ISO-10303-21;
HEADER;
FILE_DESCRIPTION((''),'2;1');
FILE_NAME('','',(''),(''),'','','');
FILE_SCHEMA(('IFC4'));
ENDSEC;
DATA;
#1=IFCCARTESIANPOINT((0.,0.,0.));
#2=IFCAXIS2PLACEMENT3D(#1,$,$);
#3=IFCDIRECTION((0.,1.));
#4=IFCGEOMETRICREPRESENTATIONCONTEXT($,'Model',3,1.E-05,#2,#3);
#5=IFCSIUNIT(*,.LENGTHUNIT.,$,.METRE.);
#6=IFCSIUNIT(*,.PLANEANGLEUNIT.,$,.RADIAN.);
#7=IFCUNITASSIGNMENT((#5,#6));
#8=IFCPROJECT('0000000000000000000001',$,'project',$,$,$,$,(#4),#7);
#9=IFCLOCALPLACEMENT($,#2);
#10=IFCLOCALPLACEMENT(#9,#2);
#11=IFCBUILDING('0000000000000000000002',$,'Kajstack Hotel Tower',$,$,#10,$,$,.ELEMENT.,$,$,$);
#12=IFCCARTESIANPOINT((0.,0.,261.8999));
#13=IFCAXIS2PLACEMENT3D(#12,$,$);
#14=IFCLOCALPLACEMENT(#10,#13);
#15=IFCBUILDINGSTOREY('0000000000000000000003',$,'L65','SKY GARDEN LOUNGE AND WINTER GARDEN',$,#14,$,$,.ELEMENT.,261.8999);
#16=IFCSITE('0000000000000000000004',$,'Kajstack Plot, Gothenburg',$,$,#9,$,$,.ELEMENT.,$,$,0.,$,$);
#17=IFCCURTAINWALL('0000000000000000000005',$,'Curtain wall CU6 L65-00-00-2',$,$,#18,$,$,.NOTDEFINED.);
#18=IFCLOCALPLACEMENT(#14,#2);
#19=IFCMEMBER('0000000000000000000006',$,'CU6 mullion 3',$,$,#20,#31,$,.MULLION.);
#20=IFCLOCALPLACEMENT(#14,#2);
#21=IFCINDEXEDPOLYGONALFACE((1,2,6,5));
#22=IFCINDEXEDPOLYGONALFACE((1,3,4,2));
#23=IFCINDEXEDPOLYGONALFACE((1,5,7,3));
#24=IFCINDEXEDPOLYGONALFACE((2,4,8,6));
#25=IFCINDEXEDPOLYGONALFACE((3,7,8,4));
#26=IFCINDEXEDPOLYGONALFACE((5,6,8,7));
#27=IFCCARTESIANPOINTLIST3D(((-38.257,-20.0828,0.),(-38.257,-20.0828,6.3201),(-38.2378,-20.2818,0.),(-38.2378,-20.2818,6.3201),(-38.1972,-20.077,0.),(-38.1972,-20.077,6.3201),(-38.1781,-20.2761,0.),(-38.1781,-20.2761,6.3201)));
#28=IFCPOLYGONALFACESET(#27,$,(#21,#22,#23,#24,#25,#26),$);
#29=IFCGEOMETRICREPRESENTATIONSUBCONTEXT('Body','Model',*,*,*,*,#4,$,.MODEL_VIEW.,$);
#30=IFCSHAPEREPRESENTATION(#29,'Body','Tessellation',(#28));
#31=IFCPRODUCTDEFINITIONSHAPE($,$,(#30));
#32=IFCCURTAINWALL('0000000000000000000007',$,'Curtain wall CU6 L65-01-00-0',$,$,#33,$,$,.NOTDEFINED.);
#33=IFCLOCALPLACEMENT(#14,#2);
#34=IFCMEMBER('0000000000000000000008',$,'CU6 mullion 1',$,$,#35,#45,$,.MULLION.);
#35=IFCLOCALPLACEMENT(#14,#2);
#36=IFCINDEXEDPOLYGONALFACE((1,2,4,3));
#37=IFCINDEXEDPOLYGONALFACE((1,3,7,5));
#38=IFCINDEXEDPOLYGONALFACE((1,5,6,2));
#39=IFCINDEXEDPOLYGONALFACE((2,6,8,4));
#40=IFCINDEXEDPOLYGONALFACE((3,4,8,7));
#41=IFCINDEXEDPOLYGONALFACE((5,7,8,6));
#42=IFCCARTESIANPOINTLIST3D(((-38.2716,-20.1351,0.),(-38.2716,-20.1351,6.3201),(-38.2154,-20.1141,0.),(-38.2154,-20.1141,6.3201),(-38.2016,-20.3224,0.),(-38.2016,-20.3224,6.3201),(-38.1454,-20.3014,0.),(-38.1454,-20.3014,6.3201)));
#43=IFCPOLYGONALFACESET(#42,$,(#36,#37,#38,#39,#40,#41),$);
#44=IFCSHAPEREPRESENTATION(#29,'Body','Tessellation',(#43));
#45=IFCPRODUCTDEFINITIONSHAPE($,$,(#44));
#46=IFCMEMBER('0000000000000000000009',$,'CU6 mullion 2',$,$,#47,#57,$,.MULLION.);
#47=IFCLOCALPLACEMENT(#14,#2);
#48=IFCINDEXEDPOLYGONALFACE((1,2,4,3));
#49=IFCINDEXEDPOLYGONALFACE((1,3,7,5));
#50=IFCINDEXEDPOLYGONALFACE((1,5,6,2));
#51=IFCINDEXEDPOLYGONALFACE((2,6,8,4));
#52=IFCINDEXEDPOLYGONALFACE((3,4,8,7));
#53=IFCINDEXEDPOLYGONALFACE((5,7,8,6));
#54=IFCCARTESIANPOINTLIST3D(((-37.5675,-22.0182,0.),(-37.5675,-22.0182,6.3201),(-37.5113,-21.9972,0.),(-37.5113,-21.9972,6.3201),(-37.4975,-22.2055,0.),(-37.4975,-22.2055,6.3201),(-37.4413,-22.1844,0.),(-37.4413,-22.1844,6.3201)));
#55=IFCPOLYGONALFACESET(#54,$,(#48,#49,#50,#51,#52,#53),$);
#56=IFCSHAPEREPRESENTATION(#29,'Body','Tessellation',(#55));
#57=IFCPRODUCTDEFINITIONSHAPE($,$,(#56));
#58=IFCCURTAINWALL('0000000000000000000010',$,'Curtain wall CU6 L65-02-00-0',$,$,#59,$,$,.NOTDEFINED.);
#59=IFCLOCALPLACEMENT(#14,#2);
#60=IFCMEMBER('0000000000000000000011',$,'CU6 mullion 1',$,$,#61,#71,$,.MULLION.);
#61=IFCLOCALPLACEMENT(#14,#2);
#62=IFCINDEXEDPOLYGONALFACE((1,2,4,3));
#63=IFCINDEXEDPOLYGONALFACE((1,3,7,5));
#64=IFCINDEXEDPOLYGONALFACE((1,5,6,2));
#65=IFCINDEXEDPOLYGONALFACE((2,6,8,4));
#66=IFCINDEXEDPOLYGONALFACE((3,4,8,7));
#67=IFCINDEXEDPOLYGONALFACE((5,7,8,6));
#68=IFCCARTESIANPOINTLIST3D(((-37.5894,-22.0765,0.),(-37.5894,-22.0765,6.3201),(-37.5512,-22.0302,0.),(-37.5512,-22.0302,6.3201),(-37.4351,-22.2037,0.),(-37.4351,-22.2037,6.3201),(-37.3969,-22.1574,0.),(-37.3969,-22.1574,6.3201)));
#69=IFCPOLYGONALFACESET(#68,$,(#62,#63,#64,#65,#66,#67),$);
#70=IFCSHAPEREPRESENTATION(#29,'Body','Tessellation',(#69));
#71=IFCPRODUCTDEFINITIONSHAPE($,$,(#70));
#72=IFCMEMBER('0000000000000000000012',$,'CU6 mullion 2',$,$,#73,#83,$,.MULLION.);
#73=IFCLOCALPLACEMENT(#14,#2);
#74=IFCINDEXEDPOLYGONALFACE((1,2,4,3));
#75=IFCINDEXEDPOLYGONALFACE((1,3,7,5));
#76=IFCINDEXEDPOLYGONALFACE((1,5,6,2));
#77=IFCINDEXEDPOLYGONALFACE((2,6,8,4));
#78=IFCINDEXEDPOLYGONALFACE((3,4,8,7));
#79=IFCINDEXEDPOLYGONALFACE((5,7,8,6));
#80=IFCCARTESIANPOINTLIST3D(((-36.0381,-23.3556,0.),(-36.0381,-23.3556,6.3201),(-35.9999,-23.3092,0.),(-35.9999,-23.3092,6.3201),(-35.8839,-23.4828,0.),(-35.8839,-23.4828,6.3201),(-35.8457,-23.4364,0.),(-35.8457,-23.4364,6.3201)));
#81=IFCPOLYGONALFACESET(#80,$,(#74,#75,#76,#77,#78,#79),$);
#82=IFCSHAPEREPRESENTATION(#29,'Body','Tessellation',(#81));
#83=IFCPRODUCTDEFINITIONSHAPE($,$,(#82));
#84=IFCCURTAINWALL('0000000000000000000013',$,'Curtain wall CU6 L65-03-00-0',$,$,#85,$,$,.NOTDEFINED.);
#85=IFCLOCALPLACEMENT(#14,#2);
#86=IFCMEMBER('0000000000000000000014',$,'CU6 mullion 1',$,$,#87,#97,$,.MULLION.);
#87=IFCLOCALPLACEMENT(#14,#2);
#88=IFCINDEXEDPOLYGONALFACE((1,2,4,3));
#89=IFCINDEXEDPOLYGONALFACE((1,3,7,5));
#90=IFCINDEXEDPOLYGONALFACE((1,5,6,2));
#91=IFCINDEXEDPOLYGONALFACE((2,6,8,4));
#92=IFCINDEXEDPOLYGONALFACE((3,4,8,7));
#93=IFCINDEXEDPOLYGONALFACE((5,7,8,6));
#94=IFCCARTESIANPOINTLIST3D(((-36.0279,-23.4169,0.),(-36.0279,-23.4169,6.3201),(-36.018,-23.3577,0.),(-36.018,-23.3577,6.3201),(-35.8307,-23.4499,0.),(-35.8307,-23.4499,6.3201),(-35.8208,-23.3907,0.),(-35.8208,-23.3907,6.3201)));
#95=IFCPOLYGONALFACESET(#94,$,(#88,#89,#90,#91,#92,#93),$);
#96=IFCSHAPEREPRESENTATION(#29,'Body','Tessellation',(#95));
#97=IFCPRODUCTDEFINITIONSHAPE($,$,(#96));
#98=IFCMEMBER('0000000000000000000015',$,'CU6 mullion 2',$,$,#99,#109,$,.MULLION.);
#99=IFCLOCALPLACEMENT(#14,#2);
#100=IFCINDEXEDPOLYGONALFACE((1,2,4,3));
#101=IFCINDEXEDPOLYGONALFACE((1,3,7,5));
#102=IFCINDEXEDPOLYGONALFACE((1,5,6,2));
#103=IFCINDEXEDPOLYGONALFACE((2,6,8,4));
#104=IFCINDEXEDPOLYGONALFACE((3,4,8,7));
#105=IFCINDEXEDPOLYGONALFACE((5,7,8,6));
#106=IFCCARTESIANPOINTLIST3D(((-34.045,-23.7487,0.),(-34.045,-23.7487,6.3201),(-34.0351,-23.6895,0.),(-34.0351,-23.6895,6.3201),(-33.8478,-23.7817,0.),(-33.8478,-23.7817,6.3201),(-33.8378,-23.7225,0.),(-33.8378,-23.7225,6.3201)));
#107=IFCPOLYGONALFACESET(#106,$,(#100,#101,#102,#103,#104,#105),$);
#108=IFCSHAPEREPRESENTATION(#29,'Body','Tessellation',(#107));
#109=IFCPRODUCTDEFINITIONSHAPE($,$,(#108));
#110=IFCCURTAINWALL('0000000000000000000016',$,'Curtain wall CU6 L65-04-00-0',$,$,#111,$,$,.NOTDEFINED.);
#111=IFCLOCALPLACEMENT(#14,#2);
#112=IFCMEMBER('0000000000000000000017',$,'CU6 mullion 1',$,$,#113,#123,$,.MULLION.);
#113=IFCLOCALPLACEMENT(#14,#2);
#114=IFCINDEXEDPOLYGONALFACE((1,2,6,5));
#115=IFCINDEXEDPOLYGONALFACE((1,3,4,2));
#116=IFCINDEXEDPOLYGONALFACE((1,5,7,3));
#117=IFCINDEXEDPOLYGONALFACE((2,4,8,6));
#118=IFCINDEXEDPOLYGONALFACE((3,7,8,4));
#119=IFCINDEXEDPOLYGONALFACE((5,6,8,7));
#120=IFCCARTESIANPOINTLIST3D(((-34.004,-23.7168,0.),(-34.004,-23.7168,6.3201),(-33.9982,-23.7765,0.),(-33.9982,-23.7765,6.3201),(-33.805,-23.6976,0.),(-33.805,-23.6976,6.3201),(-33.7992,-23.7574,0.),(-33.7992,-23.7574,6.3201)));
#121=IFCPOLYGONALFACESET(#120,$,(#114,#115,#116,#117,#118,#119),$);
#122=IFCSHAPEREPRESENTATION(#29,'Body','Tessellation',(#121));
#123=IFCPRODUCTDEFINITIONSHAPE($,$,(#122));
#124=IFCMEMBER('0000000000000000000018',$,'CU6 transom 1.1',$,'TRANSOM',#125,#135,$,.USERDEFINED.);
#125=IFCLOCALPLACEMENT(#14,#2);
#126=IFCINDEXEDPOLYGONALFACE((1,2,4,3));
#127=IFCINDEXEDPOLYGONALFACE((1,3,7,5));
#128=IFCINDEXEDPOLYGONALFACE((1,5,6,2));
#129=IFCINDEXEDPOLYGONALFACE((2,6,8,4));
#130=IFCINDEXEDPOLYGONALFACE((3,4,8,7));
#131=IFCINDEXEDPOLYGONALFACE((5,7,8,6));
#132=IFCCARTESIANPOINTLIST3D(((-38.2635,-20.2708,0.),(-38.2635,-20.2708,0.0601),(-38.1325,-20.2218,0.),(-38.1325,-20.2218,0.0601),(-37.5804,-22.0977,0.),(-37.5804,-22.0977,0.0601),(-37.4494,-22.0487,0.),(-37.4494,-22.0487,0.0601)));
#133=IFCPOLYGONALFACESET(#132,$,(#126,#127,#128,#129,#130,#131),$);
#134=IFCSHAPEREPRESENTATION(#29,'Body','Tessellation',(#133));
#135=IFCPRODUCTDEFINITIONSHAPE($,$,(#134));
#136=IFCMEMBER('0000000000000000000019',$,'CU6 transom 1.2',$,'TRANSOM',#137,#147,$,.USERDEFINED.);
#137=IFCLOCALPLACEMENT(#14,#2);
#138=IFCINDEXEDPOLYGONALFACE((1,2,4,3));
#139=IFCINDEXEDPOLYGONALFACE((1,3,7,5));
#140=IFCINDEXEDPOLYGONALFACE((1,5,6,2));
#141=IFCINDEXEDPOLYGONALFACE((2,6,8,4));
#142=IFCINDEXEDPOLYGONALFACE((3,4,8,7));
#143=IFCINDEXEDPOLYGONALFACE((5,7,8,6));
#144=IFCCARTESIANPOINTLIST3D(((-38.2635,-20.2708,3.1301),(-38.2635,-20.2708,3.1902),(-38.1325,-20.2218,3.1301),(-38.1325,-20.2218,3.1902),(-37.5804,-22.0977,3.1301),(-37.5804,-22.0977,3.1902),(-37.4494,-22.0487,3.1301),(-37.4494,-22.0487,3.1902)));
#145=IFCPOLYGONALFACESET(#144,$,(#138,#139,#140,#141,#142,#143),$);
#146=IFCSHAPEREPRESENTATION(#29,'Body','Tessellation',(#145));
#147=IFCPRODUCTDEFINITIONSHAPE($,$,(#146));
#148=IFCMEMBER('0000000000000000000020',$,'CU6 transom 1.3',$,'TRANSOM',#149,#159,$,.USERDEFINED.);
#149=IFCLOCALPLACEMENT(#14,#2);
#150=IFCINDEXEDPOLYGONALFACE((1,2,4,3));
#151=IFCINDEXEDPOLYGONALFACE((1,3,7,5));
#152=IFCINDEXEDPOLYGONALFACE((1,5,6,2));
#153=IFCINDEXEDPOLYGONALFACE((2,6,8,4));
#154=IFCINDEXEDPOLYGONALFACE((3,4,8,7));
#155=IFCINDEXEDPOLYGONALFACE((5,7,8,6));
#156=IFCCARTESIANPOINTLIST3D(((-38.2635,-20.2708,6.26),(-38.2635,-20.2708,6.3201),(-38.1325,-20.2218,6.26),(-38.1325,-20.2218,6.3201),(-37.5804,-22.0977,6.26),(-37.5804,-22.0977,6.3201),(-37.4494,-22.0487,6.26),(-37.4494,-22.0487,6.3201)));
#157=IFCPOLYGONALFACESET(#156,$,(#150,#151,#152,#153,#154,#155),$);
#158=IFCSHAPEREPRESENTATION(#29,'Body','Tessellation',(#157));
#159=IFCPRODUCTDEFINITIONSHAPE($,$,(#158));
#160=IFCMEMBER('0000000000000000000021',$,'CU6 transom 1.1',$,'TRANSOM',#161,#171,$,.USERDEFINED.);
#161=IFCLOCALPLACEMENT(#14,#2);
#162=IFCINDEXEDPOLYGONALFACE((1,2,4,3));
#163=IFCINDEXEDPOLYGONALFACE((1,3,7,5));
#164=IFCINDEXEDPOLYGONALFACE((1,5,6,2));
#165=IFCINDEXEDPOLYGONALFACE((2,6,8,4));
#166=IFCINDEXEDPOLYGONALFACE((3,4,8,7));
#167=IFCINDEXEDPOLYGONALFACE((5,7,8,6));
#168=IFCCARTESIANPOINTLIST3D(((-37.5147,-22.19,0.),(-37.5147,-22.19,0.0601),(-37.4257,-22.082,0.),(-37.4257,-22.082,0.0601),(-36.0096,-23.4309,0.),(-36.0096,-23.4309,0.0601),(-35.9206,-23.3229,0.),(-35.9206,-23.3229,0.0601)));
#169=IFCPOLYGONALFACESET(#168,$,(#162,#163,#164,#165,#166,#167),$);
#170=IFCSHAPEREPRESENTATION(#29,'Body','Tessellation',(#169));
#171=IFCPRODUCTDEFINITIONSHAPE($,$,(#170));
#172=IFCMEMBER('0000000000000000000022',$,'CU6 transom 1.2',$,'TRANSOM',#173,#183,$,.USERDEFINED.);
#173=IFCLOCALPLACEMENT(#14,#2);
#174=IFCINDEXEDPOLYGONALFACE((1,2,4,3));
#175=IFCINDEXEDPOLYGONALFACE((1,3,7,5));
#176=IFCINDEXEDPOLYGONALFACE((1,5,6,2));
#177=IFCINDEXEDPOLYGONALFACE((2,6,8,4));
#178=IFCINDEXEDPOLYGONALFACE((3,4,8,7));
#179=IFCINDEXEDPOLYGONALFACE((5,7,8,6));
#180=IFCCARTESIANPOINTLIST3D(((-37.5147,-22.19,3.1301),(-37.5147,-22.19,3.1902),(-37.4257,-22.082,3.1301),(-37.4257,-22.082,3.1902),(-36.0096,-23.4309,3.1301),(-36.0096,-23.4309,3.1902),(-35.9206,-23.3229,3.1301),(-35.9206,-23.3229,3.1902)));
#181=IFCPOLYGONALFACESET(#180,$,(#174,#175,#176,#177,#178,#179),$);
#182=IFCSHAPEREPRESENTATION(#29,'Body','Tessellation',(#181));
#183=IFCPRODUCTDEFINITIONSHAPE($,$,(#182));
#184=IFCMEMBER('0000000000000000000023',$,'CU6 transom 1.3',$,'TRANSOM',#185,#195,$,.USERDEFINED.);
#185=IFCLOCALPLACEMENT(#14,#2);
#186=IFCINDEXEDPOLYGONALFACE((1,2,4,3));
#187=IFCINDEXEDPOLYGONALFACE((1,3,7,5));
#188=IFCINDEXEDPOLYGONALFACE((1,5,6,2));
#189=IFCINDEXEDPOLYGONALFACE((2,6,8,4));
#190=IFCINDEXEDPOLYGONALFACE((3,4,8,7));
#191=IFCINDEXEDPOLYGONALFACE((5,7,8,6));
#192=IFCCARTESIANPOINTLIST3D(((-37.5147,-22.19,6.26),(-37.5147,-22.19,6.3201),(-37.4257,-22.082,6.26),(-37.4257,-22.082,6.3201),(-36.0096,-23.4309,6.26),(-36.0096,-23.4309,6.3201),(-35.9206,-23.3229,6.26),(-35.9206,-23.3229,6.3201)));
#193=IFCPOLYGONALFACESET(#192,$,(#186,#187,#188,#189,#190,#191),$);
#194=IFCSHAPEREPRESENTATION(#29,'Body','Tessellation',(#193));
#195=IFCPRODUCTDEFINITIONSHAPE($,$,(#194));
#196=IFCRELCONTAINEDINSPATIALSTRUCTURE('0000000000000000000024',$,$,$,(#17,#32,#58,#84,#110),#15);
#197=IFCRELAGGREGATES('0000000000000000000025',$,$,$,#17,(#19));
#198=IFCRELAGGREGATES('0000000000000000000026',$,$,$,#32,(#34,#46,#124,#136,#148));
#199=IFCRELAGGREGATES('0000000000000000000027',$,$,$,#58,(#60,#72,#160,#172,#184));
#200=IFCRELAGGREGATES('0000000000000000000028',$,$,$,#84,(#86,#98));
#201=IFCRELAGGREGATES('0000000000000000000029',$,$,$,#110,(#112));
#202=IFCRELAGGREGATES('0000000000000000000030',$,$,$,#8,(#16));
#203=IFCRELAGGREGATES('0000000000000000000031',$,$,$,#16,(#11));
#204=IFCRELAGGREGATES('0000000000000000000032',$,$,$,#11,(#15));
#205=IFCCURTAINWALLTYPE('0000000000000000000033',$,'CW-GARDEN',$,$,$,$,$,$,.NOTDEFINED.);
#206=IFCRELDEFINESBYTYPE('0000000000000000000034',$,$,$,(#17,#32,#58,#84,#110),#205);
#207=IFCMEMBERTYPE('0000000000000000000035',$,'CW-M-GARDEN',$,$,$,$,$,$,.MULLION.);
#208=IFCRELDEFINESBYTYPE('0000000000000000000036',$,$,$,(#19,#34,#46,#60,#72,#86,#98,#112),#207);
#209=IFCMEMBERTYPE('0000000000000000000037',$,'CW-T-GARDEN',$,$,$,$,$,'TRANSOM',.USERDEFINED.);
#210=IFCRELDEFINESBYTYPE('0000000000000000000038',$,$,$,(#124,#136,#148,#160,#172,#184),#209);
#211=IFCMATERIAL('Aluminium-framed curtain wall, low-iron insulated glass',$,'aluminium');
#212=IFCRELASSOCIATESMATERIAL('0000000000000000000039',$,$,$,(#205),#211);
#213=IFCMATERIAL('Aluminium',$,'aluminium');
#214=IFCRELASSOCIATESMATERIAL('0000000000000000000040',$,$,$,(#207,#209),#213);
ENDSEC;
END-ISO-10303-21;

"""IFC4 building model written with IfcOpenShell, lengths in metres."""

from ifc_helpers import new_model, si_unit, direction, frame, origin, origin_2d, place, context, subcontext, project, spatial, rectangle, extrude, material, material_profile, profile_set, type_object, element, aggregate, save


model = new_model("IFC4")

# Units and contexts
model_context = context("Model", 3, precision=1e-05, world=origin(), true_north=direction((0.0, 1.0)))
body_context = subcontext(model_context, "Body", "Model", "MODEL_VIEW")
ifc_project = project(units=[si_unit("LENGTHUNIT", "METRE"), si_unit("PLANEANGLEUNIT", "RADIAN")], contexts=[model_context])

# Site, building, storey
site_placement = place(None, origin())
site = spatial("IfcSite", under=ifc_project, at=site_placement, Name="Kajstack Plot, Gothenburg", CompositionType="ELEMENT", RefElevation=0.0)
building_placement = place(site_placement, origin())
building = spatial("IfcBuilding", under=site, at=building_placement, Name="Kajstack Hotel Tower", CompositionType="ELEMENT")
storey_placement = place(building_placement, frame((0.0, 0.0, 261.8999)))
storey = spatial("IfcBuildingStorey", under=building, at=storey_placement, Name="L65", Description="SKY GARDEN LOUNGE AND WINTER GARDEN", CompositionType="ELEMENT", Elevation=261.8999)

# Curtain wall, member
ifc_material_1 = material(Name="Aluminium-framed curtain wall, low-iron insulated glass", Category="aluminium")
curtain_wall_type = type_object("IfcCurtainWallType", Name="CW-GARDEN", PredefinedType="NOTDEFINED", material=ifc_material_1)
curtain_wall_1_placement = place(storey_placement, origin())
curtain_wall_1 = element("IfcCurtainWall", 1, at=curtain_wall_1_placement, inside=storey, type_object=curtain_wall_type, Name="Curtain wall CU6 L65-00-00-2", PredefinedType="NOTDEFINED")
ifc_material_2 = material(Name="Aluminium", Category="aluminium")
ifc_material_profile_1 = material_profile(ifc_material_2, rectangle(XDim=0.0601, YDim=0.2, at=origin_2d()), Name="Aluminium mullion 60 x 200")
ifc_profile_set_1 = profile_set([ifc_material_profile_1], Name="Aluminium")
member_type_1 = type_object("IfcMemberType", Name="CW-M-GARDEN", PredefinedType="MULLION", material=ifc_profile_set_1)
member_1_placement = place(storey_placement, frame((-38.2175, -20.1794, 0.0), z_axis=(0.0, 0.0, 1.0), x_axis=(0.995396, 0.095847, 0.0)))
member_1 = element("IfcMember", 2, at=member_1_placement, type_object=member_type_1, Name="CU6 mullion 3", PredefinedType="MULLION", context=body_context, shape_type="SweptSolid", body=[
    extrude(rectangle(XDim=0.0601, YDim=0.2, at=origin_2d()), origin(), (0.0, 0.0, 1.0), 6.3201),
])

# Curtain walls, members
curtain_wall_2_placement = place(storey_placement, origin())
curtain_wall_2 = element("IfcCurtainWall", 3, at=curtain_wall_2_placement, inside=storey, type_object=curtain_wall_type, Name="Curtain wall CU6 L65-01-00-0", PredefinedType="NOTDEFINED")
member_2_placement = place(storey_placement, frame((-38.2085, -20.2183, 0.0), z_axis=(0.0, 0.0, 1.0), x_axis=(0.936674, 0.350202, 0.0)))
member_2 = element("IfcMember", 4, at=member_2_placement, type_object=member_type_1, Name="CU6 mullion 1", PredefinedType="MULLION", context=body_context, shape_type="SweptSolid", body=[
    extrude(rectangle(XDim=0.0601, YDim=0.2, at=origin_2d()), origin(), (0.0, 0.0, 1.0), 6.3201),
])
member_3_placement = place(storey_placement, frame((-37.5044, -22.1013, 0.0), z_axis=(0.0, 0.0, 1.0), x_axis=(0.936674, 0.350202, 0.0)))
member_3 = element("IfcMember", 5, at=member_3_placement, type_object=member_type_1, Name="CU6 mullion 2", PredefinedType="MULLION", context=body_context, shape_type="SweptSolid", body=[
    extrude(rectangle(XDim=0.0601, YDim=0.2, at=origin_2d()), origin(), (0.0, 0.0, 1.0), 6.3201),
])
curtain_wall_3_placement = place(storey_placement, origin())
curtain_wall_3 = element("IfcCurtainWall", 6, at=curtain_wall_3_placement, inside=storey, type_object=curtain_wall_type, Name="Curtain wall CU6 L65-02-00-0", PredefinedType="NOTDEFINED")
member_4_placement = place(storey_placement, frame((-37.4932, -22.1169, 0.0), z_axis=(0.0, 0.0, 1.0), x_axis=(0.636095, 0.771611, 0.0)))
member_4 = element("IfcMember", 7, at=member_4_placement, type_object=member_type_1, Name="CU6 mullion 1", PredefinedType="MULLION", context=body_context, shape_type="SweptSolid", body=[
    extrude(rectangle(XDim=0.0601, YDim=0.2, at=origin_2d()), origin(), (0.0, 0.0, 1.0), 6.3201),
])
member_5_placement = place(storey_placement, frame((-35.9419, -23.396, 0.0), z_axis=(0.0, 0.0, 1.0), x_axis=(0.636095, 0.771611, 0.0)))
member_5 = element("IfcMember", 8, at=member_5_placement, type_object=member_type_1, Name="CU6 mullion 2", PredefinedType="MULLION", context=body_context, shape_type="SweptSolid", body=[
    extrude(rectangle(XDim=0.0601, YDim=0.2, at=origin_2d()), origin(), (0.0, 0.0, 1.0), 6.3201),
])
curtain_wall_4_placement = place(storey_placement, origin())
curtain_wall_4 = element("IfcCurtainWall", 9, at=curtain_wall_4_placement, inside=storey, type_object=curtain_wall_type, Name="Curtain wall CU6 L65-03-00-0", PredefinedType="NOTDEFINED")
member_6_placement = place(storey_placement, frame((-35.9243, -23.4038, 0.0), z_axis=(0.0, 0.0, 1.0), x_axis=(0.165033, 0.986288, 0.0)))
member_6 = element("IfcMember", 10, at=member_6_placement, type_object=member_type_1, Name="CU6 mullion 1", PredefinedType="MULLION", context=body_context, shape_type="SweptSolid", body=[
    extrude(rectangle(XDim=0.0601, YDim=0.2, at=origin_2d()), origin(), (0.0, 0.0, 1.0), 6.3201),
])
member_7_placement = place(storey_placement, frame((-33.9414, -23.7356, 0.0), z_axis=(0.0, 0.0, 1.0), x_axis=(0.165033, 0.986288, 0.0)))
member_7 = element("IfcMember", 11, at=member_7_placement, type_object=member_type_1, Name="CU6 mullion 2", PredefinedType="MULLION", context=body_context, shape_type="SweptSolid", body=[
    extrude(rectangle(XDim=0.0601, YDim=0.2, at=origin_2d()), origin(), (0.0, 0.0, 1.0), 6.3201),
])

# Curtain wall, member
curtain_wall_5_placement = place(storey_placement, origin())
curtain_wall_5 = element("IfcCurtainWall", 12, at=curtain_wall_5_placement, inside=storey, type_object=curtain_wall_type, Name="Curtain wall CU6 L65-04-00-0", PredefinedType="NOTDEFINED")
member_8_placement = place(storey_placement, frame((-33.9016, -23.7371, 0.0), z_axis=(0.0, 0.0, 1.0), x_axis=(-0.095846, 0.995396, 0.0)))
member_8 = element("IfcMember", 13, at=member_8_placement, type_object=member_type_1, Name="CU6 mullion 1", PredefinedType="MULLION", context=body_context, shape_type="SweptSolid", body=[
    extrude(rectangle(XDim=0.0601, YDim=0.2, at=origin_2d()), origin(), (0.0, 0.0, 1.0), 6.3201),
])

# Members
ifc_material_profile_2 = material_profile(ifc_material_2, rectangle(XDim=0.1399, YDim=0.0601, at=origin_2d()), Name="Aluminium transom 140 x 60")
ifc_profile_set_2 = profile_set([ifc_material_profile_2], Name="Aluminium")
member_type_2 = type_object("IfcMemberType", Name="CW-T-GARDEN", ElementType="TRANSOM", PredefinedType="USERDEFINED", material=ifc_profile_set_2)
member_9_placement = place(storey_placement, frame((-38.198, -20.2463, 0.03), z_axis=(0.350232, -0.936663, 0.0), x_axis=(0.936663, 0.350232, 0.0)))
member_9 = element("IfcMember", 14, at=member_9_placement, type_object=member_type_2, Name="CU6 transom 1.1", ObjectType="TRANSOM", PredefinedType="USERDEFINED", context=body_context, shape_type="SweptSolid", body=[
    extrude(rectangle(XDim=0.1399, YDim=0.0601, at=origin_2d()), origin(), (0.0, 0.0, 1.0), 1.9504),
])
member_10_placement = place(storey_placement, frame((-38.198, -20.2463, 3.1602), z_axis=(0.350232, -0.936663, 0.0), x_axis=(0.936663, 0.350232, 0.0)))
member_10 = element("IfcMember", 15, at=member_10_placement, type_object=member_type_2, Name="CU6 transom 1.2", ObjectType="TRANSOM", PredefinedType="USERDEFINED", context=body_context, shape_type="SweptSolid", body=[
    extrude(rectangle(XDim=0.1399, YDim=0.0601, at=origin_2d()), origin(), (0.0, 0.0, 1.0), 1.9504),
])
member_11_placement = place(storey_placement, frame((-38.198, -20.2463, 6.29), z_axis=(0.350232, -0.936663, 0.0), x_axis=(0.936663, 0.350232, 0.0)))
member_11 = element("IfcMember", 16, at=member_11_placement, type_object=member_type_2, Name="CU6 transom 1.3", ObjectType="TRANSOM", PredefinedType="USERDEFINED", context=body_context, shape_type="SweptSolid", body=[
    extrude(rectangle(XDim=0.1399, YDim=0.0601, at=origin_2d()), origin(), (0.0, 0.0, 1.0), 1.9504),
])
member_12_placement = place(storey_placement, frame((-37.4702, -22.136, 0.03), z_axis=(0.771565, -0.63615, 0.0), x_axis=(0.63615, 0.771565, 0.0)))
member_12 = element("IfcMember", 17, at=member_12_placement, type_object=member_type_2, Name="CU6 transom 1.1", ObjectType="TRANSOM", PredefinedType="USERDEFINED", context=body_context, shape_type="SweptSolid", body=[
    extrude(rectangle(XDim=0.1399, YDim=0.0601, at=origin_2d()), origin(), (0.0, 0.0, 1.0), 1.9507),
])
member_13_placement = place(storey_placement, frame((-37.4702, -22.136, 3.1602), z_axis=(0.771565, -0.63615, 0.0), x_axis=(0.63615, 0.771565, 0.0)))
member_13 = element("IfcMember", 18, at=member_13_placement, type_object=member_type_2, Name="CU6 transom 1.2", ObjectType="TRANSOM", PredefinedType="USERDEFINED", context=body_context, shape_type="SweptSolid", body=[
    extrude(rectangle(XDim=0.1399, YDim=0.0601, at=origin_2d()), origin(), (0.0, 0.0, 1.0), 1.9507),
])
member_14_placement = place(storey_placement, frame((-37.4702, -22.136, 6.29), z_axis=(0.771565, -0.63615, 0.0), x_axis=(0.63615, 0.771565, 0.0)))
member_14 = element("IfcMember", 19, at=member_14_placement, type_object=member_type_2, Name="CU6 transom 1.3", ObjectType="TRANSOM", PredefinedType="USERDEFINED", context=body_context, shape_type="SweptSolid", body=[
    extrude(rectangle(XDim=0.1399, YDim=0.0601, at=origin_2d()), origin(), (0.0, 0.0, 1.0), 1.9507),
])

aggregate(curtain_wall_1, [member_1])
aggregate(curtain_wall_2, [member_2, member_3, member_9, member_10, member_11])
aggregate(curtain_wall_3, [member_4, member_5, member_12, member_13, member_14])
aggregate(curtain_wall_4, [member_6, member_7])
aggregate(curtain_wall_5, [member_8])

save(model, "model.ifc")
